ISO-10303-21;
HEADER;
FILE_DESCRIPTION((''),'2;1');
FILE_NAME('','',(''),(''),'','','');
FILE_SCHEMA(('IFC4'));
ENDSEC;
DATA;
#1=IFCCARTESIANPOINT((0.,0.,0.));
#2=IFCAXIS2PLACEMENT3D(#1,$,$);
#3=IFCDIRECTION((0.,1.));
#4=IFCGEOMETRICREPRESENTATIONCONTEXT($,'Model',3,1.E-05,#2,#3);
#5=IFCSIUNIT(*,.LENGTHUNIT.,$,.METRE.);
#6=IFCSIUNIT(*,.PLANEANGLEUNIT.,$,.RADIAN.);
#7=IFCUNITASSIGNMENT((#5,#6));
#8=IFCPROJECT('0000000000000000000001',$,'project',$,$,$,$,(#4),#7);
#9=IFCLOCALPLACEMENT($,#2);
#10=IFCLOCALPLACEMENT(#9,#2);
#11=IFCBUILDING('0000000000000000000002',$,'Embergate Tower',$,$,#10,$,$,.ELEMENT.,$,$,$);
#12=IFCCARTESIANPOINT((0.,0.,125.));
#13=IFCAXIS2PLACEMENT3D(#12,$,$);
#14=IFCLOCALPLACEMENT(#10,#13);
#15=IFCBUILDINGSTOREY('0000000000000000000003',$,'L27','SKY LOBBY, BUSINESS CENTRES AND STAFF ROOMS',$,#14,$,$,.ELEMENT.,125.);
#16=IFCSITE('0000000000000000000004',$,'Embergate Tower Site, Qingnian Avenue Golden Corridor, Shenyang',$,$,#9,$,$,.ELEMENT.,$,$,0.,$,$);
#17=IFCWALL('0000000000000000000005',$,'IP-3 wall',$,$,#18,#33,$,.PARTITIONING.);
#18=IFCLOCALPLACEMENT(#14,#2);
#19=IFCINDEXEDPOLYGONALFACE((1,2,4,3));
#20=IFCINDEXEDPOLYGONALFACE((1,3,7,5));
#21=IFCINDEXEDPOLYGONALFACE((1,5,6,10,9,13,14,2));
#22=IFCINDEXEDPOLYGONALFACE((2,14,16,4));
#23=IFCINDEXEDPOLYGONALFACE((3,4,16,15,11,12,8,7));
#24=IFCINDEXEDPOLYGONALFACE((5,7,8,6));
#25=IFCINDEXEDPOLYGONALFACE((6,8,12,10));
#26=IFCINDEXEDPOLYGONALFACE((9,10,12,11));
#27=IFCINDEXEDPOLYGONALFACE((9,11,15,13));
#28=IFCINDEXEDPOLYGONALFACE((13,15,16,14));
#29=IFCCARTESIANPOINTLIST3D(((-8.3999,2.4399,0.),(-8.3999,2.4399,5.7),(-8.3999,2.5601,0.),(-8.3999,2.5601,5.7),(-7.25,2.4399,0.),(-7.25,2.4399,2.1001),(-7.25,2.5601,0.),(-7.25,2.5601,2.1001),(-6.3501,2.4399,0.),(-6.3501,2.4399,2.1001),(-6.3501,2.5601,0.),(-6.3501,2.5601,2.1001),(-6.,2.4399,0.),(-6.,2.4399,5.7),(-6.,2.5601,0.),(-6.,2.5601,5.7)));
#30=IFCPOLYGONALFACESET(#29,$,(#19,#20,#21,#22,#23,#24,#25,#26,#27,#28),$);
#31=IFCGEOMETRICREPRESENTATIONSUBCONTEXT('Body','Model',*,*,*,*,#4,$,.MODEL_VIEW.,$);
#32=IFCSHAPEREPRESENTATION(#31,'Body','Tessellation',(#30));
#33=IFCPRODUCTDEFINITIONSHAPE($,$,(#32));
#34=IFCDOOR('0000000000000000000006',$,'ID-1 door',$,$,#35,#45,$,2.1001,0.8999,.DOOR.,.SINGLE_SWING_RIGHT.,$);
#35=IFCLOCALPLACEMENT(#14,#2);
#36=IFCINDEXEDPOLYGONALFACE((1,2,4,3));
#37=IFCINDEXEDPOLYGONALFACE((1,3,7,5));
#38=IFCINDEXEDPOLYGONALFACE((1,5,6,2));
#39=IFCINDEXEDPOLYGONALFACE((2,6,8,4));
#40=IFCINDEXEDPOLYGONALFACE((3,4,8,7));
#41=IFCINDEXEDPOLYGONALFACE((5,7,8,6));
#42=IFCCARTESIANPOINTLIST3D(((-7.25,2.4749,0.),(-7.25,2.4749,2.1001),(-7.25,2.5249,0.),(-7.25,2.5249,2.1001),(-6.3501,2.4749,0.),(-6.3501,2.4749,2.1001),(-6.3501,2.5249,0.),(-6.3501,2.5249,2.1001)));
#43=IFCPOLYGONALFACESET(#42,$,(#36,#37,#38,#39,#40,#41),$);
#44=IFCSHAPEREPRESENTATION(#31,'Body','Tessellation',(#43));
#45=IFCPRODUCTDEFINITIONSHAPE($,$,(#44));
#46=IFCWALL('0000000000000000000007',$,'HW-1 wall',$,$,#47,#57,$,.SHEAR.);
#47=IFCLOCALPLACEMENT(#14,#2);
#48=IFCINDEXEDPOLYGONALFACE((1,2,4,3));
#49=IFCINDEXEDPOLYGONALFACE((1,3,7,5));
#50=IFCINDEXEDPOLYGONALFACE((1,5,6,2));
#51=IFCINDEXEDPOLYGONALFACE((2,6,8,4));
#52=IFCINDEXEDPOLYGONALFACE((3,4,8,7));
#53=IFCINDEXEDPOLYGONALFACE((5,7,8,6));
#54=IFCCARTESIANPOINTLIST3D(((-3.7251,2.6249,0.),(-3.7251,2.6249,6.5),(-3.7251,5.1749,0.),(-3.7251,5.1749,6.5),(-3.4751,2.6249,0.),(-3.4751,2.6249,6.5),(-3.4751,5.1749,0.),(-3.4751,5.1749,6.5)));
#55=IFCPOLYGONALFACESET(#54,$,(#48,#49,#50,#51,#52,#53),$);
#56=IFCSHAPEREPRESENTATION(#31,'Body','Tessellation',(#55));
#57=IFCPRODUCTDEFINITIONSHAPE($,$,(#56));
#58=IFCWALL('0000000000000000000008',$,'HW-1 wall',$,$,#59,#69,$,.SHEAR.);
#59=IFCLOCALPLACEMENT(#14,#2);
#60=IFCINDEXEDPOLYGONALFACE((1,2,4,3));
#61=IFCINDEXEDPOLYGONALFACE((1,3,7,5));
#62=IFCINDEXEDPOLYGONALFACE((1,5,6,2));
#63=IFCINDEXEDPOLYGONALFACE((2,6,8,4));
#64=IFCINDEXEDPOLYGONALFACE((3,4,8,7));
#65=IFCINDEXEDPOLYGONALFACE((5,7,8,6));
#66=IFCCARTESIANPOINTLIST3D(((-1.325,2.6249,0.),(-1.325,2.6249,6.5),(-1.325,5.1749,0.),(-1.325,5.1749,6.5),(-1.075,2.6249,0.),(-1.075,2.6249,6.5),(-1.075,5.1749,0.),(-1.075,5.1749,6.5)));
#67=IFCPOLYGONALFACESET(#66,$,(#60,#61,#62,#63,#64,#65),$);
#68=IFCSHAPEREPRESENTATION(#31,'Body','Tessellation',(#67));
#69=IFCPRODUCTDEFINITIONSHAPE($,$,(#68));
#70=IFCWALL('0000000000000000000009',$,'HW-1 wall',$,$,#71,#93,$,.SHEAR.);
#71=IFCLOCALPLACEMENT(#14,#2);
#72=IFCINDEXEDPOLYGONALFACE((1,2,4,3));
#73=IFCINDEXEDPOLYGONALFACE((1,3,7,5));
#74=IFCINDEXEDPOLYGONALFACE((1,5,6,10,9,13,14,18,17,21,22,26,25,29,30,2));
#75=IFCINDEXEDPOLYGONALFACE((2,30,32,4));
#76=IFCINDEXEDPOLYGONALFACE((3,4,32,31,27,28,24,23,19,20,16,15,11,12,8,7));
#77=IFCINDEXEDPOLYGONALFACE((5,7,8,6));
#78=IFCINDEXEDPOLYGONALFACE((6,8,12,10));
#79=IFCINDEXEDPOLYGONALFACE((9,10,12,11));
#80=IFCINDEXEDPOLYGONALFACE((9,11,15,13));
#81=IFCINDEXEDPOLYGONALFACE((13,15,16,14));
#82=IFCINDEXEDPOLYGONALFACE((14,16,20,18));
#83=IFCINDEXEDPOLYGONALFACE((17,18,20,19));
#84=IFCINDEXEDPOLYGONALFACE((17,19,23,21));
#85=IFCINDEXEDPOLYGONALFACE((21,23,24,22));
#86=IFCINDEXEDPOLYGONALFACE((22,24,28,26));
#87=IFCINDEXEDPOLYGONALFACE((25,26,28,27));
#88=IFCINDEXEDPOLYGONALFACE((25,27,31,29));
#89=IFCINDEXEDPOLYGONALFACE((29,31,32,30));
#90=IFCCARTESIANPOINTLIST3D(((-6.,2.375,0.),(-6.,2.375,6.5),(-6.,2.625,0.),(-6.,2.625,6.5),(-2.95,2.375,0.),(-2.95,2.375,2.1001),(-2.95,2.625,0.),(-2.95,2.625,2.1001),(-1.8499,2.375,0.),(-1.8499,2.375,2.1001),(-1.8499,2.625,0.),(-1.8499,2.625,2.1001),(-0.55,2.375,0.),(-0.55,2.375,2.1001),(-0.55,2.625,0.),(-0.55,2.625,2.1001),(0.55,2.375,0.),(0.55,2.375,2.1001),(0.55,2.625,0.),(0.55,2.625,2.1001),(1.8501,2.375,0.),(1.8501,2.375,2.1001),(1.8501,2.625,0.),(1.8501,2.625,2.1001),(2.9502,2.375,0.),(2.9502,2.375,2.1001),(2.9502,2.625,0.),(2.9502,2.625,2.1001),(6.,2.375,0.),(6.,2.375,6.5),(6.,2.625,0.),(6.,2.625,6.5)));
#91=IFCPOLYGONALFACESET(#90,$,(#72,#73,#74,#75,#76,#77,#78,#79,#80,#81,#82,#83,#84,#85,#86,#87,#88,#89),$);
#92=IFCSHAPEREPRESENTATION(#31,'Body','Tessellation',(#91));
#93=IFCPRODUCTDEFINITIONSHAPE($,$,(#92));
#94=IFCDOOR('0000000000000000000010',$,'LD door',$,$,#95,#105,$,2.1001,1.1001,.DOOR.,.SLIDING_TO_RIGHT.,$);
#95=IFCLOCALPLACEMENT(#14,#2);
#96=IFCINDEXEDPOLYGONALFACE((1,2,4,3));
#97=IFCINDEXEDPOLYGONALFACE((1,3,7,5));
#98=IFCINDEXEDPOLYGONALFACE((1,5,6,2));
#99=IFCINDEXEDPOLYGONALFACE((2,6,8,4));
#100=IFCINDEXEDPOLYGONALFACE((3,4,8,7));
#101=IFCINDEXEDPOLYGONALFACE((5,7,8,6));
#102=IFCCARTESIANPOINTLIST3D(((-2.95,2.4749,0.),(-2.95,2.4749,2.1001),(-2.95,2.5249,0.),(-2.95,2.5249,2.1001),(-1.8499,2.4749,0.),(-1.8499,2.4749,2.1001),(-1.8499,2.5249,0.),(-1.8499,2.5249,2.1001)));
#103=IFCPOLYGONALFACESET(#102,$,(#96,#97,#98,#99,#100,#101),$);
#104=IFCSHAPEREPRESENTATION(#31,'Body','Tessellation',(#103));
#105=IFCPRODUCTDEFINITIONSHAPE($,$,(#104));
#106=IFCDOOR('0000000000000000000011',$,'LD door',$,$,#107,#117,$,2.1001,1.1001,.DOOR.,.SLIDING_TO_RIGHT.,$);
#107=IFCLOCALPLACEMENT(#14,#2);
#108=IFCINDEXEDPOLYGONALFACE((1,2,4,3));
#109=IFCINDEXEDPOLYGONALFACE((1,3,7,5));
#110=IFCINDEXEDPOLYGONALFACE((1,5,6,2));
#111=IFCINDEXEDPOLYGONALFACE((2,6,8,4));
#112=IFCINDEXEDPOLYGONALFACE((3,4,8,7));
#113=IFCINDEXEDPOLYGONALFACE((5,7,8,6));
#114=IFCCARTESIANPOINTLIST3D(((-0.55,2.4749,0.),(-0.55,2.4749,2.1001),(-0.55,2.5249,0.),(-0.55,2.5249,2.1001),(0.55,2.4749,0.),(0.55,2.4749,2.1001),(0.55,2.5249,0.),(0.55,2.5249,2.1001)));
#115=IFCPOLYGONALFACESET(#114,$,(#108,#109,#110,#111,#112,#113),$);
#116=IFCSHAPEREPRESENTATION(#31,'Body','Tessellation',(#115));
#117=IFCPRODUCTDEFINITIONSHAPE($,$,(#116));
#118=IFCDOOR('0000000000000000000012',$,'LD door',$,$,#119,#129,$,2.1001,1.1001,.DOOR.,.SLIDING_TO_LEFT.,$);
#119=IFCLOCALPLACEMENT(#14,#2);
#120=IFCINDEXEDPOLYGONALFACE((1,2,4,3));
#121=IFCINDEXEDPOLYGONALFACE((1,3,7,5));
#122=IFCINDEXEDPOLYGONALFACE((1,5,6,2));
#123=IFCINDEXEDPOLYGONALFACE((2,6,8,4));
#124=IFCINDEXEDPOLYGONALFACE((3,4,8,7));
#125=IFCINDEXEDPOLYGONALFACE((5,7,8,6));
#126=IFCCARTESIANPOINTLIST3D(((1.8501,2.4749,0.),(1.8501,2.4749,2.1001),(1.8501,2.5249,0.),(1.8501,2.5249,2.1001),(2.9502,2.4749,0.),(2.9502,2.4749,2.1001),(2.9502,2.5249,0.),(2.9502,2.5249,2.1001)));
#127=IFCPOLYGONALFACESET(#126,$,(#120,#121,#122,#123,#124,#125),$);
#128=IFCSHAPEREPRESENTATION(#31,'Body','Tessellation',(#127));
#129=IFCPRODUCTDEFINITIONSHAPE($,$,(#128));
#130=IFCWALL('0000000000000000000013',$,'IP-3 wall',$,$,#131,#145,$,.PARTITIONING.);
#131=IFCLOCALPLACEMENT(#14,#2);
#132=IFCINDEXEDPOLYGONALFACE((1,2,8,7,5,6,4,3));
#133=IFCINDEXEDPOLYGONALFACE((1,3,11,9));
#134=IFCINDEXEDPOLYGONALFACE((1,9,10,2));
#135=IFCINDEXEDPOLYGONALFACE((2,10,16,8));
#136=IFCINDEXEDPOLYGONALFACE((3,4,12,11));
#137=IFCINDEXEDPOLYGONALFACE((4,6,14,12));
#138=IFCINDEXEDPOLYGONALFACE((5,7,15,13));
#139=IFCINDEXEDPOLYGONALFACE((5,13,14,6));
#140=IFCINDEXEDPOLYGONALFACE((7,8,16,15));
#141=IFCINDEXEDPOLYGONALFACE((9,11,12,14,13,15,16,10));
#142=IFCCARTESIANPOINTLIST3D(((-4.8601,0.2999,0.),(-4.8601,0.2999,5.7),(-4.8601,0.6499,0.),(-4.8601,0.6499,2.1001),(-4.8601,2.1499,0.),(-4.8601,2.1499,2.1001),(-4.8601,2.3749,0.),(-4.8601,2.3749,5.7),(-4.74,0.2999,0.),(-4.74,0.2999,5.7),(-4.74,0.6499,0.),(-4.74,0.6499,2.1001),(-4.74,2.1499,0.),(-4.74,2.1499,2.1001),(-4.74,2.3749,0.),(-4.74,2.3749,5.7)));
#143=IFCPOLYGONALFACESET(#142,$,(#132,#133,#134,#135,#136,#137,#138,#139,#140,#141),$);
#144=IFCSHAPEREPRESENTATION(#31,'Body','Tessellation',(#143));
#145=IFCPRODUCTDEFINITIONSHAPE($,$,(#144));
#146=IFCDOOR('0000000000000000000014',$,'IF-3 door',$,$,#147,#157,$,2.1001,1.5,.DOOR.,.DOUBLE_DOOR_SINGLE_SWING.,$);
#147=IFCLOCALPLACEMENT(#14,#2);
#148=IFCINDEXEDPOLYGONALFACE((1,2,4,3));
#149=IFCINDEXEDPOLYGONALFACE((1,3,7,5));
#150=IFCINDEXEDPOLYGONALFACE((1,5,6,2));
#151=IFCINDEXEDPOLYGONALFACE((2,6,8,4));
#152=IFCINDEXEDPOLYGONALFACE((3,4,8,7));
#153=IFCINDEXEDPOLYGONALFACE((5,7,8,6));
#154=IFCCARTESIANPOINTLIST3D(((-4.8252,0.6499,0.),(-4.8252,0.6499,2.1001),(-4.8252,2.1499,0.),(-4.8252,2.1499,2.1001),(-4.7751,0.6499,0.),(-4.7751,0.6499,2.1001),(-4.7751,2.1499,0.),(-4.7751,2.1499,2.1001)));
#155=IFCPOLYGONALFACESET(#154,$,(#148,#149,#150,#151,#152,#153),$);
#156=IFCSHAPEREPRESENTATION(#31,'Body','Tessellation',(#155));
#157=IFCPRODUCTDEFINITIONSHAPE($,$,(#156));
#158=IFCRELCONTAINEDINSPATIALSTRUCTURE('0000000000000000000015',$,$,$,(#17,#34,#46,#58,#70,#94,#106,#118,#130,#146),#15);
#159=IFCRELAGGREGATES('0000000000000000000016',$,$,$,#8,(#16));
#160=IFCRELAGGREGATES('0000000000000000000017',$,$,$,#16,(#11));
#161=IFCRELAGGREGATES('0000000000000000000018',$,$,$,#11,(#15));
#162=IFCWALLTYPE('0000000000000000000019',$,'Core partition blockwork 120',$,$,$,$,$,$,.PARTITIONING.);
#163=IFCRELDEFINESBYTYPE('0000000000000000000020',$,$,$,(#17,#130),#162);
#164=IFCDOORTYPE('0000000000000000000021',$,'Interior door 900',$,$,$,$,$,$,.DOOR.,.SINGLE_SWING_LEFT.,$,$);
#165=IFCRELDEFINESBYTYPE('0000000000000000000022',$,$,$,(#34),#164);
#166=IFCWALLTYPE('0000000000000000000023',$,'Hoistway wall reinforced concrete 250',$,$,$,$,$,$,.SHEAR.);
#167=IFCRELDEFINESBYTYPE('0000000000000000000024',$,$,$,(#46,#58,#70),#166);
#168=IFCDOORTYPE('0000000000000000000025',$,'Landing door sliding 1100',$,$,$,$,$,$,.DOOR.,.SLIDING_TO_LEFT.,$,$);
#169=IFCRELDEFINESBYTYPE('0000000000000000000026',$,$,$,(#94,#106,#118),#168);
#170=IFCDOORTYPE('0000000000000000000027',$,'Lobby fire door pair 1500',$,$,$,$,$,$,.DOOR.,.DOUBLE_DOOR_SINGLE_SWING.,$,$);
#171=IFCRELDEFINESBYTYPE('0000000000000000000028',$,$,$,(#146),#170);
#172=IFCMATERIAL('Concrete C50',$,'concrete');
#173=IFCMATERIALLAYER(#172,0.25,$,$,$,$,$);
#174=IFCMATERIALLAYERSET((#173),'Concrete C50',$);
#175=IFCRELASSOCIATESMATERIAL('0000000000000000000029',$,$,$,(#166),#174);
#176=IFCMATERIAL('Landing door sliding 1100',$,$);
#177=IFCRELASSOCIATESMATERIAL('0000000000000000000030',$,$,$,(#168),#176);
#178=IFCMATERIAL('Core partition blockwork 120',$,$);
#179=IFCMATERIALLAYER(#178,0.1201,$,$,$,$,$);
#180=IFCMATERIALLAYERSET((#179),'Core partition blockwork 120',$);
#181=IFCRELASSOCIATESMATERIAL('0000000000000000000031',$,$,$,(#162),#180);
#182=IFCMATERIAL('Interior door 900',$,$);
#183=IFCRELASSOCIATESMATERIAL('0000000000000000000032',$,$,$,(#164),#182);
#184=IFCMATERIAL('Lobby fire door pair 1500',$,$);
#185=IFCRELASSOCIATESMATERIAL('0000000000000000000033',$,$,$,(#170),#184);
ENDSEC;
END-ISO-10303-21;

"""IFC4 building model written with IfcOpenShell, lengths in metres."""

from ifc_helpers import new_model, si_unit, direction, frame, frame_2d, origin, place, context, subcontext, project, spatial, rectangle, extrude, source, transform, mapped, material, layer, layer_set, type_object, element, fill, save


model = new_model("IFC4")

# Units and contexts
model_context = context("Model", 3, precision=1e-05, world=origin(), true_north=direction((0.0, 1.0)))
body_context = subcontext(model_context, "Body", "Model", "MODEL_VIEW")
ifc_project = project(units=[si_unit("LENGTHUNIT", "METRE"), si_unit("PLANEANGLEUNIT", "RADIAN")], contexts=[model_context])

# Site, building, storey
site_placement = place(None, origin())
site = spatial("IfcSite", under=ifc_project, at=site_placement, Name="Embergate Tower Site, Qingnian Avenue Golden Corridor, Shenyang", CompositionType="ELEMENT", RefElevation=0.0)
building_placement = place(site_placement, origin())
building = spatial("IfcBuilding", under=site, at=building_placement, Name="Embergate Tower", CompositionType="ELEMENT")
storey_placement = place(building_placement, frame((0.0, 0.0, 125.0)))
storey = spatial("IfcBuildingStorey", under=building, at=storey_placement, Name="L27", Description="SKY LOBBY, BUSINESS CENTRES AND STAFF ROOMS", CompositionType="ELEMENT", Elevation=125.0)

# Shared definitions
ifc_material_1 = material(Name="Concrete C50", Category="concrete")
ifc_layer_1 = layer(ifc_material_1, 0.25)
ifc_layer_set_1 = layer_set([ifc_layer_1], Name="Concrete C50")
wall_type_1 = type_object("IfcWallType", Name="Hoistway wall reinforced concrete 250", PredefinedType="SHEAR", material=ifc_layer_set_1)

# Shared definitions
shared_shape_1 = source(origin(), body_context, "Body", "SweptSolid", [
    extrude(rectangle(XDim=1.1001, YDim=2.1001, at=frame_2d((0.55, 1.05))), frame((0.0, 0.135, 0.0), z_axis=(0.0, -1.0, 0.0), x_axis=(1.0, 0.0, 0.0)), (0.0, 0.0, 1.0), 0.27),
])
ifc_material_2 = material(Name="Landing door sliding 1100")
door_type_1 = type_object("IfcDoorType", Name="Landing door sliding 1100", OperationType="SLIDING_TO_LEFT", PredefinedType="DOOR", material=ifc_material_2)
shared_shape_2 = source(origin(), body_context, "Body", "SweptSolid", [
    extrude(rectangle(XDim=1.1001, YDim=2.1001, at=frame_2d((0.55, 1.05))), frame((0.0, 0.0249, 0.0), z_axis=(0.0, -1.0, 0.0), x_axis=(1.0, 0.0, 0.0)), (0.0, 0.0, 1.0), 0.05),
])

# Wall, opening, door
ifc_material_3 = material(Name="Core partition blockwork 120")
ifc_layer_2 = layer(ifc_material_3, 0.1201)
ifc_layer_set_2 = layer_set([ifc_layer_2], Name="Core partition blockwork 120")
wall_type_2 = type_object("IfcWallType", Name="Core partition blockwork 120", PredefinedType="PARTITIONING", material=ifc_layer_set_2)
shared_shape_3 = source(origin(), body_context, "Body", "SweptSolid", [
    extrude(rectangle(XDim=2.3999, YDim=0.1201, at=frame_2d((1.2, 0.0))), origin(), (0.0, 0.0, 1.0), 5.7),
])
wall_1_placement = place(storey_placement, frame((-8.3999, 2.5, 0.0), z_axis=(0.0, 0.0, 1.0), x_axis=(1.0, 0.0, 0.0)))
wall_1 = element("IfcWall", 1, at=wall_1_placement, inside=storey, type_object=wall_type_2, Name="IP-3 wall", PredefinedType="PARTITIONING", context=body_context, shape_type="MappedRepresentation", body=[
    mapped(shared_shape_3, transform((0.0, 0.0, 0.0))),
])
shared_shape_4 = source(origin(), body_context, "Body", "SweptSolid", [
    extrude(rectangle(XDim=0.8999, YDim=2.1001, at=frame_2d((0.45, 1.05))), frame((0.0, 0.0701, 0.0), z_axis=(0.0, -1.0, 0.0), x_axis=(1.0, 0.0, 0.0)), (0.0, 0.0, 1.0), 0.1401),
])
opening_1_placement = place(wall_1_placement, frame((1.1499, 0.0, 0.0)))
opening_1 = element("IfcOpeningElement", 2, at=opening_1_placement, cuts=wall_1, PredefinedType="OPENING", context=body_context, shape_type="MappedRepresentation", body=[
    mapped(shared_shape_4, transform((0.0, 0.0, 0.0))),
])
ifc_material_4 = material(Name="Interior door 900")
door_type_2 = type_object("IfcDoorType", Name="Interior door 900", OperationType="SINGLE_SWING_LEFT", PredefinedType="DOOR", material=ifc_material_4)
shared_shape_5 = source(origin(), body_context, "Body", "SweptSolid", [
    extrude(rectangle(XDim=0.8999, YDim=2.1001, at=frame_2d((0.45, 1.05))), frame((0.0, 0.0249, 0.0), z_axis=(0.0, -1.0, 0.0), x_axis=(1.0, 0.0, 0.0)), (0.0, 0.0, 1.0), 0.05),
])
door_1_placement = place(opening_1_placement, origin())
door_1 = element("IfcDoor", 3, at=door_1_placement, inside=storey, type_object=door_type_2, Name="ID-1 door", OperationType="SINGLE_SWING_RIGHT", OverallHeight=2.1001, OverallWidth=0.8999, PredefinedType="DOOR", context=body_context, shape_type="MappedRepresentation", body=[
    mapped(shared_shape_5, transform((0.0, 0.0, 0.0))),
])
fill(opening_1, door_1)

# Walls
shared_shape_6 = source(origin(), body_context, "Body", "SweptSolid", [
    extrude(rectangle(XDim=2.55, YDim=0.25, at=frame_2d((1.2749, 0.0))), origin(), (0.0, 0.0, 1.0), 6.5),
])
for number, where, z_axis, x_axis, name in (
    (4, (-3.6001, 2.625, 0.0), (0.0, 0.0, 1.0), (0.0, 1.0, 0.0), "HW-1 wall"),
    (5, (-1.2, 2.625, 0.0), (0.0, 0.0, 1.0), (0.0, 1.0, 0.0), "HW-1 wall"),
):
    element("IfcWall", number, at=place(storey_placement, frame(where, z_axis=z_axis, x_axis=x_axis)), inside=storey, type_object=wall_type_1, Name=name, PredefinedType="SHEAR", context=body_context, shape_type="MappedRepresentation", body=[
        mapped(shared_shape_6, transform((0.0, 0.0, 0.0))),
    ])

# Wall, openings, doors
shared_shape_7 = source(origin(), body_context, "Body", "SweptSolid", [
    extrude(rectangle(XDim=12.0, YDim=0.25, at=frame_2d((6.0, 0.0))), origin(), (0.0, 0.0, 1.0), 6.5),
])
wall_2_placement = place(storey_placement, frame((-6.0, 2.5, 0.0), z_axis=(0.0, 0.0, 1.0), x_axis=(1.0, 0.0, 0.0)))
wall_2 = element("IfcWall", 6, at=wall_2_placement, inside=storey, type_object=wall_type_1, Name="HW-1 wall", PredefinedType="SHEAR", context=body_context, shape_type="MappedRepresentation", body=[
    mapped(shared_shape_7, transform((0.0, 0.0, 0.0))),
])
opening_2_placement = place(wall_2_placement, frame((3.05, 0.0, 0.0)))
opening_2 = element("IfcOpeningElement", 7, at=opening_2_placement, cuts=wall_2, PredefinedType="OPENING", context=body_context, shape_type="MappedRepresentation", body=[
    mapped(shared_shape_1, transform((0.0, 0.0, 0.0))),
])
opening_3_placement = place(wall_2_placement, frame((5.45, 0.0, 0.0)))
opening_3 = element("IfcOpeningElement", 8, at=opening_3_placement, cuts=wall_2, PredefinedType="OPENING", context=body_context, shape_type="MappedRepresentation", body=[
    mapped(shared_shape_1, transform((0.0, 0.0, 0.0))),
])
opening_4_placement = place(wall_2_placement, frame((7.8501, 0.0, 0.0)))
opening_4 = element("IfcOpeningElement", 9, at=opening_4_placement, cuts=wall_2, PredefinedType="OPENING", context=body_context, shape_type="MappedRepresentation", body=[
    mapped(shared_shape_1, transform((0.0, 0.0, 0.0))),
])
door_2_placement = place(opening_2_placement, origin())
door_2 = element("IfcDoor", 10, at=door_2_placement, inside=storey, type_object=door_type_1, Name="LD door", OperationType="SLIDING_TO_RIGHT", OverallHeight=2.1001, OverallWidth=1.1001, PredefinedType="DOOR", context=body_context, shape_type="MappedRepresentation", body=[
    mapped(shared_shape_2, transform((0.0, 0.0, 0.0))),
])
fill(opening_2, door_2)
door_3_placement = place(opening_3_placement, origin())
door_3 = element("IfcDoor", 11, at=door_3_placement, inside=storey, type_object=door_type_1, Name="LD door", OperationType="SLIDING_TO_RIGHT", OverallHeight=2.1001, OverallWidth=1.1001, PredefinedType="DOOR", context=body_context, shape_type="MappedRepresentation", body=[
    mapped(shared_shape_2, transform((0.0, 0.0, 0.0))),
])
fill(opening_3, door_3)
door_4_placement = place(opening_4_placement, origin())
door_4 = element("IfcDoor", 12, at=door_4_placement, inside=storey, type_object=door_type_1, Name="LD door", OperationType="SLIDING_TO_LEFT", OverallHeight=2.1001, OverallWidth=1.1001, PredefinedType="DOOR", context=body_context, shape_type="MappedRepresentation", body=[
    mapped(shared_shape_2, transform((0.0, 0.0, 0.0))),
])
fill(opening_4, door_4)

# Wall, opening, door
shared_shape_8 = source(origin(), body_context, "Body", "SweptSolid", [
    extrude(rectangle(XDim=2.075, YDim=0.1201, at=frame_2d((1.0376, 0.0))), origin(), (0.0, 0.0, 1.0), 5.7),
])
wall_3_placement = place(storey_placement, frame((-4.8, 2.375, 0.0), z_axis=(0.0, 0.0, 1.0), x_axis=(0.0, -1.0, 0.0)))
wall_3 = element("IfcWall", 13, at=wall_3_placement, inside=storey, type_object=wall_type_2, Name="IP-3 wall", PredefinedType="PARTITIONING", context=body_context, shape_type="MappedRepresentation", body=[
    mapped(shared_shape_8, transform((0.0, 0.0, 0.0))),
])
shared_shape_9 = source(origin(), body_context, "Body", "SweptSolid", [
    extrude(rectangle(XDim=1.5, YDim=2.1001, at=frame_2d((0.75, 1.05))), frame((0.0, 0.0701, 0.0), z_axis=(0.0, -1.0, 0.0), x_axis=(1.0, 0.0, 0.0)), (0.0, 0.0, 1.0), 0.1401),
])
opening_5_placement = place(wall_3_placement, frame((0.2251, 0.0, 0.0)))
opening_5 = element("IfcOpeningElement", 14, at=opening_5_placement, cuts=wall_3, PredefinedType="OPENING", context=body_context, shape_type="MappedRepresentation", body=[
    mapped(shared_shape_9, transform((0.0, 0.0, 0.0))),
])
ifc_material_5 = material(Name="Lobby fire door pair 1500")
door_type_3 = type_object("IfcDoorType", Name="Lobby fire door pair 1500", OperationType="DOUBLE_DOOR_SINGLE_SWING", PredefinedType="DOOR", material=ifc_material_5)
shared_shape_10 = source(origin(), body_context, "Body", "SweptSolid", [
    extrude(rectangle(XDim=1.5, YDim=2.1001, at=frame_2d((0.75, 1.05))), frame((0.0, 0.0249, 0.0), z_axis=(0.0, -1.0, 0.0), x_axis=(1.0, 0.0, 0.0)), (0.0, 0.0, 1.0), 0.05),
])
door_5_placement = place(opening_5_placement, origin())
door_5 = element("IfcDoor", 15, at=door_5_placement, inside=storey, type_object=door_type_3, Name="IF-3 door", OperationType="DOUBLE_DOOR_SINGLE_SWING", OverallHeight=2.1001, OverallWidth=1.5, PredefinedType="DOOR", context=body_context, shape_type="MappedRepresentation", body=[
    mapped(shared_shape_10, transform((0.0, 0.0, 0.0))),
])
fill(opening_5, door_5)

save(model, "model.ifc")
